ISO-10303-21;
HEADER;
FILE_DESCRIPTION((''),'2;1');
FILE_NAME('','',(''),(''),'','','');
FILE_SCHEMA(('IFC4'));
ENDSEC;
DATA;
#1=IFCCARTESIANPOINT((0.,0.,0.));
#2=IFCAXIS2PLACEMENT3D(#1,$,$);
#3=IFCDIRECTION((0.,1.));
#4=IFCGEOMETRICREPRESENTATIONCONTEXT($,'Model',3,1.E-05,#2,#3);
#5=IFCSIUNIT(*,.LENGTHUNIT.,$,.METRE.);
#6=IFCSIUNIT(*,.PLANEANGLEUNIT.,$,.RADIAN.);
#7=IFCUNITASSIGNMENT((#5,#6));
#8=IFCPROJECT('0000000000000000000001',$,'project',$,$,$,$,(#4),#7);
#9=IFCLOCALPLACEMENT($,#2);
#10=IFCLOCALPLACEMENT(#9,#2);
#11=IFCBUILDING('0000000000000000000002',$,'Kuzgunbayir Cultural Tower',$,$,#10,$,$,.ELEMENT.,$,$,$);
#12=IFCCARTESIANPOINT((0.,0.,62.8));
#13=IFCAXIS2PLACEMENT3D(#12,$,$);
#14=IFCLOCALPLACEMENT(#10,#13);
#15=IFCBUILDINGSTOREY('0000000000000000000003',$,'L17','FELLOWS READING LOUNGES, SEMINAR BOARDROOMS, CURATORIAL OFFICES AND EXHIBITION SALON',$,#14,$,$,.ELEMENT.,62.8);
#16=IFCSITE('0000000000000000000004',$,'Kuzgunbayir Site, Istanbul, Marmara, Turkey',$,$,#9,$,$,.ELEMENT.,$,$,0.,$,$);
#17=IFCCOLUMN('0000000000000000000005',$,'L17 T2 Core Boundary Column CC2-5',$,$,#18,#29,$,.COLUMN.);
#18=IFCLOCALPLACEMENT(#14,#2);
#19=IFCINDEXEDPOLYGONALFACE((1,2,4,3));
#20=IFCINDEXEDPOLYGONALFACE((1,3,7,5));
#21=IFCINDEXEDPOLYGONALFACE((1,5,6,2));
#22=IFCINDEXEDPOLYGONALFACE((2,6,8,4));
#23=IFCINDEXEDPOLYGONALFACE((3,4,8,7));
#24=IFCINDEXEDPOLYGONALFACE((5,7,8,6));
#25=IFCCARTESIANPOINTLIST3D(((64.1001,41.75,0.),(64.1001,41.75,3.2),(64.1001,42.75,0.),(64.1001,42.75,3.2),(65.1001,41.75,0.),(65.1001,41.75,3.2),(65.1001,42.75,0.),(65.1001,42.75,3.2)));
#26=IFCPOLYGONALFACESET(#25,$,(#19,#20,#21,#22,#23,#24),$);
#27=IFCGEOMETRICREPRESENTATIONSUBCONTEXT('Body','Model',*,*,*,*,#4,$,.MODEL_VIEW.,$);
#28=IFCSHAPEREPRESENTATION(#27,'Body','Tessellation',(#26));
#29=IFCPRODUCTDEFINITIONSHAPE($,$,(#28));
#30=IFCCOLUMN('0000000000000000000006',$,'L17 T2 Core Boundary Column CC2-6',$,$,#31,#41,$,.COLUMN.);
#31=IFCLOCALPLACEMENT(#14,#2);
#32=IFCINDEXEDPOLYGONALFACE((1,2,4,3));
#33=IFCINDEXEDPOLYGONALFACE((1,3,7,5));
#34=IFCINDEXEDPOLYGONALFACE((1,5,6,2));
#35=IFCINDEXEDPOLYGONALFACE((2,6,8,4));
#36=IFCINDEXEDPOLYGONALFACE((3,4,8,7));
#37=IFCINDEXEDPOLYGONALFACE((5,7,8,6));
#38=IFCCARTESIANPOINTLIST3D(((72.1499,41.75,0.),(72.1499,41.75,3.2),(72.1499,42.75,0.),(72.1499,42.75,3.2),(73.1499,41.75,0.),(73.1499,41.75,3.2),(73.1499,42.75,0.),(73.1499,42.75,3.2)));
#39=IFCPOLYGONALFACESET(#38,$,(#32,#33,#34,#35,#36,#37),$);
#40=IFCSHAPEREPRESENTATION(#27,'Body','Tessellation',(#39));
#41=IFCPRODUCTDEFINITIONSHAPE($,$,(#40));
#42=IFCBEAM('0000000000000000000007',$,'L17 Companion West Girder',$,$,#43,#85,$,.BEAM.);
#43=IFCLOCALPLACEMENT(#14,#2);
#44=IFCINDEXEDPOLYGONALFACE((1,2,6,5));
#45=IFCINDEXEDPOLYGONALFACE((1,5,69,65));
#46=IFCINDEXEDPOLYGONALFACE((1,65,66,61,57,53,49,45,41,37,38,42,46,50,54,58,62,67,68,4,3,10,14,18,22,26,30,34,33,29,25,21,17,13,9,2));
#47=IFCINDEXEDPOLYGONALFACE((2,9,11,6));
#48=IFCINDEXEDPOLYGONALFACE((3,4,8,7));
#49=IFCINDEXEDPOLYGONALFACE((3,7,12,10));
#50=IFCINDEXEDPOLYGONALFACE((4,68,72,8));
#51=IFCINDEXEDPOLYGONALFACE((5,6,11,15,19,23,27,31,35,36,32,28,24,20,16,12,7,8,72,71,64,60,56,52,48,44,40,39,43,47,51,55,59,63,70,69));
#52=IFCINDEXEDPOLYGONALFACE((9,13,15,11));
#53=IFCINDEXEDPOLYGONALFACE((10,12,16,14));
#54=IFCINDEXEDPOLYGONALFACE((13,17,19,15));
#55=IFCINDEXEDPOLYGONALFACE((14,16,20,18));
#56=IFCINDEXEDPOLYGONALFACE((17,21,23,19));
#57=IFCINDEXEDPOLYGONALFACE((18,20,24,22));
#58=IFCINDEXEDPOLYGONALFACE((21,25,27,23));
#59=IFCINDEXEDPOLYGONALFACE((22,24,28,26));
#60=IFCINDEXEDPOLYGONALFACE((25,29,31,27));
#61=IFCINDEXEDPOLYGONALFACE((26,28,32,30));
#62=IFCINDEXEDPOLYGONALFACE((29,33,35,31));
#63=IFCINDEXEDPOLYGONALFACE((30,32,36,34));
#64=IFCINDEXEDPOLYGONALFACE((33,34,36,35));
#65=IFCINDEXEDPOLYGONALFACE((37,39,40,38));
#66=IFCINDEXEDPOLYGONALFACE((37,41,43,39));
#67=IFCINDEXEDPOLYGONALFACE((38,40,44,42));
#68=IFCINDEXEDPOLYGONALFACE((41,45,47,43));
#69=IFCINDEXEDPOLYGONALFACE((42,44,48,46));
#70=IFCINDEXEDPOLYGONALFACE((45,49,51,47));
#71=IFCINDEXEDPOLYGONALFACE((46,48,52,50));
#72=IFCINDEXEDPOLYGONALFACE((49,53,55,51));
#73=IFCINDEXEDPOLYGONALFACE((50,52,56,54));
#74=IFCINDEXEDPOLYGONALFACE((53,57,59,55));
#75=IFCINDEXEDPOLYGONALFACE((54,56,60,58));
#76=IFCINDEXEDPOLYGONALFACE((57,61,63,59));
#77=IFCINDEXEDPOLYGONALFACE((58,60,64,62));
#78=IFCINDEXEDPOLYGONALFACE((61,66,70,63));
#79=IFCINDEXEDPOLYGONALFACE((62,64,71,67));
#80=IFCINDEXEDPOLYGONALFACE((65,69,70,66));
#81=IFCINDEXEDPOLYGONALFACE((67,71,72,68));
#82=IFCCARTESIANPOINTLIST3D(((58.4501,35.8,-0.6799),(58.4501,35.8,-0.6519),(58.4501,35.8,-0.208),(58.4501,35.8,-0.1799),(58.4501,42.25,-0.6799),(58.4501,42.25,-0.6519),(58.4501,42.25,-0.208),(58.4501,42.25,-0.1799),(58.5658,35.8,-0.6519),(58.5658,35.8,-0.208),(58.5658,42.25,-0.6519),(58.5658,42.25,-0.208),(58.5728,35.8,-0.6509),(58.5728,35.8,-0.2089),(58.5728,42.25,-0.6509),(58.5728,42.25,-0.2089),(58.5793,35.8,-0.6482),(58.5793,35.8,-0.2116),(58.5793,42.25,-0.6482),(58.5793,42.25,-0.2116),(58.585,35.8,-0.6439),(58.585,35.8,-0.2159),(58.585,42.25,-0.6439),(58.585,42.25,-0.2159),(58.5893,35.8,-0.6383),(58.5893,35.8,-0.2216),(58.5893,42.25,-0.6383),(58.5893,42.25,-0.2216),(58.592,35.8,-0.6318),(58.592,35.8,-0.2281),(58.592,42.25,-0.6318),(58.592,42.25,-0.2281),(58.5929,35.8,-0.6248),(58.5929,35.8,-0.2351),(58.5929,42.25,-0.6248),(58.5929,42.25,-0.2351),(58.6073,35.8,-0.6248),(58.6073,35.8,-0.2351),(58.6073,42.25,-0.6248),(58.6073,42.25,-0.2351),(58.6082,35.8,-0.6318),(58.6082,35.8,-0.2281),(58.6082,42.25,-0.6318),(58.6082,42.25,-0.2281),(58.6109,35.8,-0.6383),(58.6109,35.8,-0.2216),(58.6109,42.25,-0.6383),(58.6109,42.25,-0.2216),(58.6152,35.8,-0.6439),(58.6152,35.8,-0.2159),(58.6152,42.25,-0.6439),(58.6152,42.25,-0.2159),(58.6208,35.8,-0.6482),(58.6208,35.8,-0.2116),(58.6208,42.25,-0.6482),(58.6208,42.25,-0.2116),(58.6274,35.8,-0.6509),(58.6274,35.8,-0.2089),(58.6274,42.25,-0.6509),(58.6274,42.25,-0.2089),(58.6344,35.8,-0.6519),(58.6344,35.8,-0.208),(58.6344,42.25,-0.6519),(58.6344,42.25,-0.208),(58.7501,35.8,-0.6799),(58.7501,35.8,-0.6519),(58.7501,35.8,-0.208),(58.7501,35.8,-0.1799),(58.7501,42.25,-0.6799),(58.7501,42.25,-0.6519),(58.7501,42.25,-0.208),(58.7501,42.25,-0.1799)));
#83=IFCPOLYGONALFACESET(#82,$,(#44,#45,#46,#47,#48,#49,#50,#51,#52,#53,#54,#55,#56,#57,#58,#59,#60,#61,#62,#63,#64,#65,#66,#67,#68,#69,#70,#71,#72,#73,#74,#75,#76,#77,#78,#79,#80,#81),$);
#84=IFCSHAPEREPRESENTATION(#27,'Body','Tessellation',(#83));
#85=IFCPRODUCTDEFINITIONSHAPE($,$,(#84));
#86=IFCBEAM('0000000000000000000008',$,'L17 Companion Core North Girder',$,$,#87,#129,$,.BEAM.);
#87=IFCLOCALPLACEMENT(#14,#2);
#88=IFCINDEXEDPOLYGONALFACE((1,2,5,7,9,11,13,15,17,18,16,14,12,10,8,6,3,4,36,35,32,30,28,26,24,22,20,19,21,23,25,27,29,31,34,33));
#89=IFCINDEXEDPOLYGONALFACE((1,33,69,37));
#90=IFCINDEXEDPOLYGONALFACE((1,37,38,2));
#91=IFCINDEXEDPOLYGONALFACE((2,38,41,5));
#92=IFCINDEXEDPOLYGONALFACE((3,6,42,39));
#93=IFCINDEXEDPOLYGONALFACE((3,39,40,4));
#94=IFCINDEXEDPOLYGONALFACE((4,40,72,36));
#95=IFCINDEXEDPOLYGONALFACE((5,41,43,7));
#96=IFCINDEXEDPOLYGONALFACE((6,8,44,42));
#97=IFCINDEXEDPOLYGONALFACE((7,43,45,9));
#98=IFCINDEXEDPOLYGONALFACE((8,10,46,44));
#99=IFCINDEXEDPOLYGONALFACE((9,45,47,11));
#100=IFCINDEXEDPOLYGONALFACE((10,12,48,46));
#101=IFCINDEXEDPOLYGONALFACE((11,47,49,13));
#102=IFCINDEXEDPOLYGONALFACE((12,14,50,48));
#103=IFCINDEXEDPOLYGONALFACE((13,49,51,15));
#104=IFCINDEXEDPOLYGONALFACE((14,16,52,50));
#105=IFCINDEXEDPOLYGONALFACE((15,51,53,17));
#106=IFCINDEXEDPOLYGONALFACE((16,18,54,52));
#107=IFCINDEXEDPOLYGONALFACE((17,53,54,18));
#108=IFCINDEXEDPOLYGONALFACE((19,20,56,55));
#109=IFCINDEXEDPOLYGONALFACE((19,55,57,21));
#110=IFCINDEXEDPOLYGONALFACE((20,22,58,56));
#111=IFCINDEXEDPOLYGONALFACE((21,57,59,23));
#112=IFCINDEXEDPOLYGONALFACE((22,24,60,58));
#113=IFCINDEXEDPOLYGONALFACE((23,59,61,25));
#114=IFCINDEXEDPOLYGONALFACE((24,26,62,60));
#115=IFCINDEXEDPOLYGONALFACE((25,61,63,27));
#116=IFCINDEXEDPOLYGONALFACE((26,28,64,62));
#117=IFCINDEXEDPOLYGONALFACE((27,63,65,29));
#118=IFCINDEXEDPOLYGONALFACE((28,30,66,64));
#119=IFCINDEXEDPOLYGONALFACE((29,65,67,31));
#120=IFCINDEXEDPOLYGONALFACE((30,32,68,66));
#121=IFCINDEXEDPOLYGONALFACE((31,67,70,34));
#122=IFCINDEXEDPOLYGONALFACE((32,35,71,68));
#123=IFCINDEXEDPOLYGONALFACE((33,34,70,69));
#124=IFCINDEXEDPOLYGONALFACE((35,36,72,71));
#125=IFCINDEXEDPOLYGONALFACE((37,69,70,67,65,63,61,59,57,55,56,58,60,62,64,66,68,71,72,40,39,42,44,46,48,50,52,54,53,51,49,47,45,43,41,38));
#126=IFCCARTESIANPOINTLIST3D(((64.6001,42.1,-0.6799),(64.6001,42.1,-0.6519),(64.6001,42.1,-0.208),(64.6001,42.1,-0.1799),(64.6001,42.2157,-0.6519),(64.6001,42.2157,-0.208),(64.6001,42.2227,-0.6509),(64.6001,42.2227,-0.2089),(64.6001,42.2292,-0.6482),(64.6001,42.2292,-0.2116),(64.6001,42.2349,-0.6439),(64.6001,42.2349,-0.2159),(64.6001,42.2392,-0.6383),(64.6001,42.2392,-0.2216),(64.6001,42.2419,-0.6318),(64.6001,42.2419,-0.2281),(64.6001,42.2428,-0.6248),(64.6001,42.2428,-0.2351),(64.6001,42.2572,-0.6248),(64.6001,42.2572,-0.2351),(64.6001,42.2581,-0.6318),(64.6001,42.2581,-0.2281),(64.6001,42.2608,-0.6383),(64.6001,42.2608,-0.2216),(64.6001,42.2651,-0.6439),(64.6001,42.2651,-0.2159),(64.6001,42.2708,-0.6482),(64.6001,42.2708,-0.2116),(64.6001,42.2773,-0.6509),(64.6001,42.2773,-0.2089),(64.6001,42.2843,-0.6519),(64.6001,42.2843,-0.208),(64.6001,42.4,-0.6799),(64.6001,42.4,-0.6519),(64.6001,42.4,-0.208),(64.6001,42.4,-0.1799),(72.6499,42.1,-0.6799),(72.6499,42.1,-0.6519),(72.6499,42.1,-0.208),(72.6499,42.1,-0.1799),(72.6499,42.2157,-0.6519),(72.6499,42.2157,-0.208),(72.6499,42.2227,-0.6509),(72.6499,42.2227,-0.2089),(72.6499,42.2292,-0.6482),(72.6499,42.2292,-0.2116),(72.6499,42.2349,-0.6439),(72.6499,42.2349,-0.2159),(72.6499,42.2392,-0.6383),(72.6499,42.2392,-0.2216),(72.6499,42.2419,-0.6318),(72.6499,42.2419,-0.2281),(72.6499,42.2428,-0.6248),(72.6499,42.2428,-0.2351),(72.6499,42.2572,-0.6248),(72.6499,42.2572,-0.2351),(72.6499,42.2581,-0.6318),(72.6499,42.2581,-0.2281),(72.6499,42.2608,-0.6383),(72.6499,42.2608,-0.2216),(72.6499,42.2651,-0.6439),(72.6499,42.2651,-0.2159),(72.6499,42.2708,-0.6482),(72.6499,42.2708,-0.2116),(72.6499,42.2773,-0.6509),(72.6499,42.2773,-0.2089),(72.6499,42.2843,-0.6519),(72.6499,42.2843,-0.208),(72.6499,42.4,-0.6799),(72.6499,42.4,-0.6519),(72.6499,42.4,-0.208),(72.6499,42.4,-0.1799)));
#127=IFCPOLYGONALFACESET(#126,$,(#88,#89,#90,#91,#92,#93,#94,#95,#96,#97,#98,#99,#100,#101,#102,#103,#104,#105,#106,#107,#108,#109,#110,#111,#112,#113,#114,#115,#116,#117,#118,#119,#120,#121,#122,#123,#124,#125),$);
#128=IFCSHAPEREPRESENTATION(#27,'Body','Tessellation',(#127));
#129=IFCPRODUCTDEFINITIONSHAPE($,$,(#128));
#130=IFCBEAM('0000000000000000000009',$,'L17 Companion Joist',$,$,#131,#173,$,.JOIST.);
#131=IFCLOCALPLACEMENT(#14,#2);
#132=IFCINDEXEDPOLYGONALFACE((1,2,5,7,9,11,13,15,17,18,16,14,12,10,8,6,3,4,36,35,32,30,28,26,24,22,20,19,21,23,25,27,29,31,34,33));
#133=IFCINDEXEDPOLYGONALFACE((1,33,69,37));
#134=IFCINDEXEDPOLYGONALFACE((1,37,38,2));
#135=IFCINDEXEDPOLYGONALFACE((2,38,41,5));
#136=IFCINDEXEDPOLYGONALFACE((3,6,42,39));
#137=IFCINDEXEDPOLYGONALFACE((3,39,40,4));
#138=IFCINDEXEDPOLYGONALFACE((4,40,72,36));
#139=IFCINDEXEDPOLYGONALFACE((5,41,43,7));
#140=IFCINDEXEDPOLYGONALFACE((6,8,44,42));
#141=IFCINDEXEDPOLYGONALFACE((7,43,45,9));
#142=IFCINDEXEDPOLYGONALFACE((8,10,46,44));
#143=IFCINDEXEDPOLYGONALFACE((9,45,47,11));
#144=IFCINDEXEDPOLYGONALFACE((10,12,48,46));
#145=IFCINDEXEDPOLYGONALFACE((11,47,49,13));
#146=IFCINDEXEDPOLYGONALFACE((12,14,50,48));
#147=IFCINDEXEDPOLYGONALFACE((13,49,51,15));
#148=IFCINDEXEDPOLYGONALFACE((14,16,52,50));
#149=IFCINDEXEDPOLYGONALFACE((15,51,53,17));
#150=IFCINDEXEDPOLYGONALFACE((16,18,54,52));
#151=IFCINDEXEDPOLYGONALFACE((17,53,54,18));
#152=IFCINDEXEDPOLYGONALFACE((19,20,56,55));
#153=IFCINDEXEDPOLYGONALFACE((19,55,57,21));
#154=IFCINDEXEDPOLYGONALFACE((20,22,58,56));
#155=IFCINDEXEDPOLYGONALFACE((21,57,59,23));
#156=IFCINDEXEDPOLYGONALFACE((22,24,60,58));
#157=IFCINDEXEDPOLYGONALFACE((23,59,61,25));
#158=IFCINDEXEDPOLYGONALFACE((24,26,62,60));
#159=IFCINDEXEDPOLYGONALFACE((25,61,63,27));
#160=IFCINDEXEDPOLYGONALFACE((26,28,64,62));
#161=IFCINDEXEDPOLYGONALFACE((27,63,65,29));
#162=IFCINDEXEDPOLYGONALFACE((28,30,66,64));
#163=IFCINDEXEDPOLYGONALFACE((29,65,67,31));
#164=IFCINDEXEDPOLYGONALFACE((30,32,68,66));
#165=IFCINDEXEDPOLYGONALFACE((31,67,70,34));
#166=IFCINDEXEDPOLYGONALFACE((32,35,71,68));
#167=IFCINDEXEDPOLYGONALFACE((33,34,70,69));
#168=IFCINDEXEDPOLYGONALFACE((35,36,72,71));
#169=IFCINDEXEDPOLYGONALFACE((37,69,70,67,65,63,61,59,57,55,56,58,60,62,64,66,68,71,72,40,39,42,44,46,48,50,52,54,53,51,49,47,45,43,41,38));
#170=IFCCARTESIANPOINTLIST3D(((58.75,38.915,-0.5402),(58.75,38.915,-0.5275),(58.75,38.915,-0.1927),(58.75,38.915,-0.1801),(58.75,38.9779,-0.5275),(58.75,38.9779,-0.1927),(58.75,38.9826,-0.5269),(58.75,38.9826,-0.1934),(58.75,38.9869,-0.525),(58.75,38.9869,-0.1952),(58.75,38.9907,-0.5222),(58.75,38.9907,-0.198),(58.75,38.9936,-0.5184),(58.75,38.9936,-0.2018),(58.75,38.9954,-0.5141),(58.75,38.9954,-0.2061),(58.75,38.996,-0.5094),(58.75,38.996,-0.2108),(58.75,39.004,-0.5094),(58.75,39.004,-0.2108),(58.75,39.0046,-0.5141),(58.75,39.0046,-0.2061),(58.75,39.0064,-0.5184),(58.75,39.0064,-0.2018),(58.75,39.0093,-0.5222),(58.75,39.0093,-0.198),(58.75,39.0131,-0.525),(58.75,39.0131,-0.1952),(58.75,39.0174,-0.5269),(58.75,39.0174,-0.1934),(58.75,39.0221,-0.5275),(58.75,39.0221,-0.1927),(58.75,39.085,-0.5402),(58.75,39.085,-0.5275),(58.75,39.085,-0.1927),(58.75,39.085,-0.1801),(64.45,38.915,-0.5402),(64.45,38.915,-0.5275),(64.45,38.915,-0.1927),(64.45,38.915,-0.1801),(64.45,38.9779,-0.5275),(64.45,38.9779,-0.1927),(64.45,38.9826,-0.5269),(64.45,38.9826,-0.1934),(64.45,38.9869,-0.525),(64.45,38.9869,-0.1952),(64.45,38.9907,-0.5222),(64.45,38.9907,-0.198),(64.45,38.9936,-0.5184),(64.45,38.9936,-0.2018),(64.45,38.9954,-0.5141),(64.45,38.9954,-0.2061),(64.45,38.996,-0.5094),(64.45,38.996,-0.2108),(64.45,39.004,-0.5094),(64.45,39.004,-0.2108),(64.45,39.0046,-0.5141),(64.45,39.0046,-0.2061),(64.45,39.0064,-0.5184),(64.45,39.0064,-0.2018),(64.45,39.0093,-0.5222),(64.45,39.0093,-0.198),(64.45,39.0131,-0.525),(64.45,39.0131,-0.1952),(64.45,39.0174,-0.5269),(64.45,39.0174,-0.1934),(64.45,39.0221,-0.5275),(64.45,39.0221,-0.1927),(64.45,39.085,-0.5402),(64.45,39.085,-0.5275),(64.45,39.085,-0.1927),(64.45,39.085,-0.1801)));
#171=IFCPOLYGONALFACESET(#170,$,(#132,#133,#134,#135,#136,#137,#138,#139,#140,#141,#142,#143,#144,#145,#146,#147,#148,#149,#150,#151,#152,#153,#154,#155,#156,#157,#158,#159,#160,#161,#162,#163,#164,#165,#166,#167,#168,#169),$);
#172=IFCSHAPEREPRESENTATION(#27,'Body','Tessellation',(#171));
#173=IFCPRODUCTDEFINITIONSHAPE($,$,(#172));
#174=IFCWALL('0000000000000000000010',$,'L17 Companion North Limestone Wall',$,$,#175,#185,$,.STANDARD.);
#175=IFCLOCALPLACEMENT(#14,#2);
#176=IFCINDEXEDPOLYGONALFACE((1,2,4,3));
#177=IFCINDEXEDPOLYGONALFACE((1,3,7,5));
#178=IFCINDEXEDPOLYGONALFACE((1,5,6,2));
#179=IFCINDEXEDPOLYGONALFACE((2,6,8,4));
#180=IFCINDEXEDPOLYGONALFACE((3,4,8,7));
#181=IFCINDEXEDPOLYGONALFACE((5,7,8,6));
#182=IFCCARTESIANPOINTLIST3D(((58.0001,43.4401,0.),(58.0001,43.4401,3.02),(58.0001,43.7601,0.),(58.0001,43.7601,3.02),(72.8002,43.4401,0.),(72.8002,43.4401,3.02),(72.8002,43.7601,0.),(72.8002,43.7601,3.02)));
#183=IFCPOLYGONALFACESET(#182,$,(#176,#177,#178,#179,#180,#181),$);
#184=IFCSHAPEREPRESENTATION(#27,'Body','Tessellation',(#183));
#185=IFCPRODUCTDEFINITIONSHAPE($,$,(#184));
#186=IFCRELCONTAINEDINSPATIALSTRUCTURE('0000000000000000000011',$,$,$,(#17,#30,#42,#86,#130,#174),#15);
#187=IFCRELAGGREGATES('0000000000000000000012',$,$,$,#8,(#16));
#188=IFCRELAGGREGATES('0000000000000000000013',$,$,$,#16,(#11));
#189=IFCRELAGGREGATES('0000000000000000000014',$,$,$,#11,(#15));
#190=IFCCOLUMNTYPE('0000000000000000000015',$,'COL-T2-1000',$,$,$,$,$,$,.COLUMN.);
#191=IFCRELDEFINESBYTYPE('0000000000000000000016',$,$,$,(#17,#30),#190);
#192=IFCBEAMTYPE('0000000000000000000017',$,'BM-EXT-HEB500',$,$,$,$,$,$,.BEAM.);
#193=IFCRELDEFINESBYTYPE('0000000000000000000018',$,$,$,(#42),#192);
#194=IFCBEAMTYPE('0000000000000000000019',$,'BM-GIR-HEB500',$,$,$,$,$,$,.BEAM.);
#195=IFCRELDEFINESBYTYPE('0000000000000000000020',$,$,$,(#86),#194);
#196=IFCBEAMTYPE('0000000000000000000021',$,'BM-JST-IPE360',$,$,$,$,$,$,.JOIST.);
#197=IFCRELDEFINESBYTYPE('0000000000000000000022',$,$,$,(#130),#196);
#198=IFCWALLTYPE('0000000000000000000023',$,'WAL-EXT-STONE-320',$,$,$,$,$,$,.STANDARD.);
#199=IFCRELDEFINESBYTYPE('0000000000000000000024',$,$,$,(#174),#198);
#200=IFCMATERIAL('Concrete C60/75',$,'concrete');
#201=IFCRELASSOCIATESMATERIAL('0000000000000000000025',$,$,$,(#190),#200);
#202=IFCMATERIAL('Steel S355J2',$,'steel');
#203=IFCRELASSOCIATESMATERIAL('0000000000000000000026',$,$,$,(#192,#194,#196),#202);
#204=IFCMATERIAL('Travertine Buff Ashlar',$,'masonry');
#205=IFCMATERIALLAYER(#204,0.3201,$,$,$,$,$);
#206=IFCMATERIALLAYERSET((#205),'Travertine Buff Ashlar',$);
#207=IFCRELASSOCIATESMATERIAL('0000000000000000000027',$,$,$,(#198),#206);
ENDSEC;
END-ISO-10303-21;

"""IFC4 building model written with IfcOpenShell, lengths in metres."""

from ifc_helpers import new_model, si_unit, direction, frame, frame_2d, origin, origin_2d, place, context, subcontext, project, spatial, rectangle, i_section, extrude, material, layer, layer_set, material_profile, profile_set, type_object, element, save


model = new_model("IFC4")

# Units and contexts
model_context = context("Model", 3, precision=1e-05, world=origin(), true_north=direction((0.0, 1.0)))
body_context = subcontext(model_context, "Body", "Model", "MODEL_VIEW")
ifc_project = project(units=[si_unit("LENGTHUNIT", "METRE"), si_unit("PLANEANGLEUNIT", "RADIAN")], contexts=[model_context])

# Site, building, storey
site_placement = place(None, origin())
site = spatial("IfcSite", under=ifc_project, at=site_placement, Name="Kuzgunbayir Site, Istanbul, Marmara, Turkey", CompositionType="ELEMENT", RefElevation=0.0)
building_placement = place(site_placement, origin())
building = spatial("IfcBuilding", under=site, at=building_placement, Name="Kuzgunbayir Cultural Tower", CompositionType="ELEMENT")
storey_placement = place(building_placement, frame((0.0, 0.0, 62.8)))
storey = spatial("IfcBuildingStorey", under=building, at=storey_placement, Name="L17", Description="FELLOWS READING LOUNGES, SEMINAR BOARDROOMS, CURATORIAL OFFICES AND EXHIBITION SALON", CompositionType="ELEMENT", Elevation=62.8)

# Columns
ifc_material_1 = material(Name="Concrete C60/75", Category="concrete")
ifc_material_profile_1 = material_profile(ifc_material_1, rectangle(XDim=1.0, YDim=1.0, at=origin_2d()), Name="RC 1000x1000")
ifc_profile_set_1 = profile_set([ifc_material_profile_1], Name="Concrete C60/75")
column_type = type_object("IfcColumnType", Name="COL-T2-1000", PredefinedType="COLUMN", material=ifc_profile_set_1)
for number, where, z_axis, x_axis, name in (
    (1, (64.6001, 42.25, 0.0), (0.0, 0.0, 1.0), (1.0, 0.0, 0.0), "L17 T2 Core Boundary Column CC2-5"),
    (2, (72.6499, 42.25, 0.0), (0.0, 0.0, 1.0), (1.0, 0.0, 0.0), "L17 T2 Core Boundary Column CC2-6"),
):
    element("IfcColumn", number, at=place(storey_placement, frame(where, z_axis=z_axis, x_axis=x_axis)), inside=storey, type_object=column_type, Name=name, PredefinedType="COLUMN", context=body_context, shape_type="SweptSolid", body=[
        extrude(rectangle(XDim=1.0, YDim=1.0, at=origin_2d()), origin(), (0.0, 0.0, 1.0), 3.2),
    ])

# Beams
ifc_material_2 = material(Name="Steel S355J2", Category="steel")
ifc_material_profile_2 = material_profile(ifc_material_2, i_section(OverallWidth=0.3, OverallDepth=0.5, WebThickness=0.0144, FlangeThickness=0.0281, FilletRadius=0.0271, at=origin_2d()), Name="HEB 500")
ifc_profile_set_2 = profile_set([ifc_material_profile_2], Name="Steel S355J2")
beam_type_1 = type_object("IfcBeamType", Name="BM-EXT-HEB500", PredefinedType="BEAM", material=ifc_profile_set_2)
beam_1_placement = place(storey_placement, frame((58.6001, 35.8, -0.4299), z_axis=(0.0, 1.0, 0.0), x_axis=(-1.0, 0.0, 0.0)))
element("IfcBeam", 3, at=beam_1_placement, inside=storey, type_object=beam_type_1, Name="L17 Companion West Girder", PredefinedType="BEAM", context=body_context, shape_type="SweptSolid", body=[
    extrude(i_section(OverallWidth=0.3, OverallDepth=0.5, WebThickness=0.0144, FlangeThickness=0.0281, FilletRadius=0.0271, at=origin_2d()), origin(), (0.0, 0.0, 1.0), 6.45),
])
ifc_material_profile_3 = material_profile(ifc_material_2, i_section(OverallWidth=0.3, OverallDepth=0.5, WebThickness=0.0144, FlangeThickness=0.0281, FilletRadius=0.0271, at=origin_2d()), Name="HEB 500")
ifc_profile_set_3 = profile_set([ifc_material_profile_3], Name="Steel S355J2")
beam_type_2 = type_object("IfcBeamType", Name="BM-GIR-HEB500", PredefinedType="BEAM", material=ifc_profile_set_3)
beam_2_placement = place(storey_placement, frame((64.6001, 42.25, -0.4299), z_axis=(1.0, 0.0, 0.0), x_axis=(0.0, 1.0, 0.0)))
element("IfcBeam", 4, at=beam_2_placement, inside=storey, type_object=beam_type_2, Name="L17 Companion Core North Girder", PredefinedType="BEAM", context=body_context, shape_type="SweptSolid", body=[
    extrude(i_section(OverallWidth=0.3, OverallDepth=0.5, WebThickness=0.0144, FlangeThickness=0.0281, FilletRadius=0.0271, at=origin_2d()), origin(), (0.0, 0.0, 1.0), 8.0498),
])
ifc_material_profile_4 = material_profile(ifc_material_2, i_section(OverallWidth=0.1699, OverallDepth=0.3601, WebThickness=0.0081, FlangeThickness=0.0127, FilletRadius=0.0181, at=origin_2d()), Name="IPE 360")
ifc_profile_set_4 = profile_set([ifc_material_profile_4], Name="Steel S355J2")
beam_type_3 = type_object("IfcBeamType", Name="BM-JST-IPE360", PredefinedType="JOIST", material=ifc_profile_set_4)
beam_3_placement = place(storey_placement, frame((58.75, 39.0, -0.3601), z_axis=(1.0, 0.0, 0.0), x_axis=(0.0, 1.0, 0.0)))
element("IfcBeam", 5, at=beam_3_placement, inside=storey, type_object=beam_type_3, Name="L17 Companion Joist", PredefinedType="JOIST", context=body_context, shape_type="SweptSolid", body=[
    extrude(i_section(OverallWidth=0.1699, OverallDepth=0.3601, WebThickness=0.0081, FlangeThickness=0.0127, FilletRadius=0.0181, at=origin_2d()), origin(), (0.0, 0.0, 1.0), 5.7),
])

# Wall
ifc_material_3 = material(Name="Travertine Buff Ashlar", Category="masonry")
ifc_layer_1 = layer(ifc_material_3, 0.3201)
ifc_layer_set_1 = layer_set([ifc_layer_1], Name="Travertine Buff Ashlar")
wall_type_1 = type_object("IfcWallType", Name="WAL-EXT-STONE-320", PredefinedType="STANDARD", material=ifc_layer_set_1)
wall_1_placement = place(storey_placement, frame((72.8, 43.6001, 0.0), z_axis=(0.0, 0.0, 1.0), x_axis=(-1.0, 0.0, 0.0)))
element("IfcWall", 6, at=wall_1_placement, inside=storey, type_object=wall_type_1, Name="L17 Companion North Limestone Wall", PredefinedType="STANDARD", context=body_context, shape_type="SweptSolid", body=[
    extrude(rectangle(XDim=14.8, YDim=0.3201, at=frame_2d((7.3999, 0.0))), origin(), (0.0, 0.0, 1.0), 3.02),
])

save(model, "model.ifc")
